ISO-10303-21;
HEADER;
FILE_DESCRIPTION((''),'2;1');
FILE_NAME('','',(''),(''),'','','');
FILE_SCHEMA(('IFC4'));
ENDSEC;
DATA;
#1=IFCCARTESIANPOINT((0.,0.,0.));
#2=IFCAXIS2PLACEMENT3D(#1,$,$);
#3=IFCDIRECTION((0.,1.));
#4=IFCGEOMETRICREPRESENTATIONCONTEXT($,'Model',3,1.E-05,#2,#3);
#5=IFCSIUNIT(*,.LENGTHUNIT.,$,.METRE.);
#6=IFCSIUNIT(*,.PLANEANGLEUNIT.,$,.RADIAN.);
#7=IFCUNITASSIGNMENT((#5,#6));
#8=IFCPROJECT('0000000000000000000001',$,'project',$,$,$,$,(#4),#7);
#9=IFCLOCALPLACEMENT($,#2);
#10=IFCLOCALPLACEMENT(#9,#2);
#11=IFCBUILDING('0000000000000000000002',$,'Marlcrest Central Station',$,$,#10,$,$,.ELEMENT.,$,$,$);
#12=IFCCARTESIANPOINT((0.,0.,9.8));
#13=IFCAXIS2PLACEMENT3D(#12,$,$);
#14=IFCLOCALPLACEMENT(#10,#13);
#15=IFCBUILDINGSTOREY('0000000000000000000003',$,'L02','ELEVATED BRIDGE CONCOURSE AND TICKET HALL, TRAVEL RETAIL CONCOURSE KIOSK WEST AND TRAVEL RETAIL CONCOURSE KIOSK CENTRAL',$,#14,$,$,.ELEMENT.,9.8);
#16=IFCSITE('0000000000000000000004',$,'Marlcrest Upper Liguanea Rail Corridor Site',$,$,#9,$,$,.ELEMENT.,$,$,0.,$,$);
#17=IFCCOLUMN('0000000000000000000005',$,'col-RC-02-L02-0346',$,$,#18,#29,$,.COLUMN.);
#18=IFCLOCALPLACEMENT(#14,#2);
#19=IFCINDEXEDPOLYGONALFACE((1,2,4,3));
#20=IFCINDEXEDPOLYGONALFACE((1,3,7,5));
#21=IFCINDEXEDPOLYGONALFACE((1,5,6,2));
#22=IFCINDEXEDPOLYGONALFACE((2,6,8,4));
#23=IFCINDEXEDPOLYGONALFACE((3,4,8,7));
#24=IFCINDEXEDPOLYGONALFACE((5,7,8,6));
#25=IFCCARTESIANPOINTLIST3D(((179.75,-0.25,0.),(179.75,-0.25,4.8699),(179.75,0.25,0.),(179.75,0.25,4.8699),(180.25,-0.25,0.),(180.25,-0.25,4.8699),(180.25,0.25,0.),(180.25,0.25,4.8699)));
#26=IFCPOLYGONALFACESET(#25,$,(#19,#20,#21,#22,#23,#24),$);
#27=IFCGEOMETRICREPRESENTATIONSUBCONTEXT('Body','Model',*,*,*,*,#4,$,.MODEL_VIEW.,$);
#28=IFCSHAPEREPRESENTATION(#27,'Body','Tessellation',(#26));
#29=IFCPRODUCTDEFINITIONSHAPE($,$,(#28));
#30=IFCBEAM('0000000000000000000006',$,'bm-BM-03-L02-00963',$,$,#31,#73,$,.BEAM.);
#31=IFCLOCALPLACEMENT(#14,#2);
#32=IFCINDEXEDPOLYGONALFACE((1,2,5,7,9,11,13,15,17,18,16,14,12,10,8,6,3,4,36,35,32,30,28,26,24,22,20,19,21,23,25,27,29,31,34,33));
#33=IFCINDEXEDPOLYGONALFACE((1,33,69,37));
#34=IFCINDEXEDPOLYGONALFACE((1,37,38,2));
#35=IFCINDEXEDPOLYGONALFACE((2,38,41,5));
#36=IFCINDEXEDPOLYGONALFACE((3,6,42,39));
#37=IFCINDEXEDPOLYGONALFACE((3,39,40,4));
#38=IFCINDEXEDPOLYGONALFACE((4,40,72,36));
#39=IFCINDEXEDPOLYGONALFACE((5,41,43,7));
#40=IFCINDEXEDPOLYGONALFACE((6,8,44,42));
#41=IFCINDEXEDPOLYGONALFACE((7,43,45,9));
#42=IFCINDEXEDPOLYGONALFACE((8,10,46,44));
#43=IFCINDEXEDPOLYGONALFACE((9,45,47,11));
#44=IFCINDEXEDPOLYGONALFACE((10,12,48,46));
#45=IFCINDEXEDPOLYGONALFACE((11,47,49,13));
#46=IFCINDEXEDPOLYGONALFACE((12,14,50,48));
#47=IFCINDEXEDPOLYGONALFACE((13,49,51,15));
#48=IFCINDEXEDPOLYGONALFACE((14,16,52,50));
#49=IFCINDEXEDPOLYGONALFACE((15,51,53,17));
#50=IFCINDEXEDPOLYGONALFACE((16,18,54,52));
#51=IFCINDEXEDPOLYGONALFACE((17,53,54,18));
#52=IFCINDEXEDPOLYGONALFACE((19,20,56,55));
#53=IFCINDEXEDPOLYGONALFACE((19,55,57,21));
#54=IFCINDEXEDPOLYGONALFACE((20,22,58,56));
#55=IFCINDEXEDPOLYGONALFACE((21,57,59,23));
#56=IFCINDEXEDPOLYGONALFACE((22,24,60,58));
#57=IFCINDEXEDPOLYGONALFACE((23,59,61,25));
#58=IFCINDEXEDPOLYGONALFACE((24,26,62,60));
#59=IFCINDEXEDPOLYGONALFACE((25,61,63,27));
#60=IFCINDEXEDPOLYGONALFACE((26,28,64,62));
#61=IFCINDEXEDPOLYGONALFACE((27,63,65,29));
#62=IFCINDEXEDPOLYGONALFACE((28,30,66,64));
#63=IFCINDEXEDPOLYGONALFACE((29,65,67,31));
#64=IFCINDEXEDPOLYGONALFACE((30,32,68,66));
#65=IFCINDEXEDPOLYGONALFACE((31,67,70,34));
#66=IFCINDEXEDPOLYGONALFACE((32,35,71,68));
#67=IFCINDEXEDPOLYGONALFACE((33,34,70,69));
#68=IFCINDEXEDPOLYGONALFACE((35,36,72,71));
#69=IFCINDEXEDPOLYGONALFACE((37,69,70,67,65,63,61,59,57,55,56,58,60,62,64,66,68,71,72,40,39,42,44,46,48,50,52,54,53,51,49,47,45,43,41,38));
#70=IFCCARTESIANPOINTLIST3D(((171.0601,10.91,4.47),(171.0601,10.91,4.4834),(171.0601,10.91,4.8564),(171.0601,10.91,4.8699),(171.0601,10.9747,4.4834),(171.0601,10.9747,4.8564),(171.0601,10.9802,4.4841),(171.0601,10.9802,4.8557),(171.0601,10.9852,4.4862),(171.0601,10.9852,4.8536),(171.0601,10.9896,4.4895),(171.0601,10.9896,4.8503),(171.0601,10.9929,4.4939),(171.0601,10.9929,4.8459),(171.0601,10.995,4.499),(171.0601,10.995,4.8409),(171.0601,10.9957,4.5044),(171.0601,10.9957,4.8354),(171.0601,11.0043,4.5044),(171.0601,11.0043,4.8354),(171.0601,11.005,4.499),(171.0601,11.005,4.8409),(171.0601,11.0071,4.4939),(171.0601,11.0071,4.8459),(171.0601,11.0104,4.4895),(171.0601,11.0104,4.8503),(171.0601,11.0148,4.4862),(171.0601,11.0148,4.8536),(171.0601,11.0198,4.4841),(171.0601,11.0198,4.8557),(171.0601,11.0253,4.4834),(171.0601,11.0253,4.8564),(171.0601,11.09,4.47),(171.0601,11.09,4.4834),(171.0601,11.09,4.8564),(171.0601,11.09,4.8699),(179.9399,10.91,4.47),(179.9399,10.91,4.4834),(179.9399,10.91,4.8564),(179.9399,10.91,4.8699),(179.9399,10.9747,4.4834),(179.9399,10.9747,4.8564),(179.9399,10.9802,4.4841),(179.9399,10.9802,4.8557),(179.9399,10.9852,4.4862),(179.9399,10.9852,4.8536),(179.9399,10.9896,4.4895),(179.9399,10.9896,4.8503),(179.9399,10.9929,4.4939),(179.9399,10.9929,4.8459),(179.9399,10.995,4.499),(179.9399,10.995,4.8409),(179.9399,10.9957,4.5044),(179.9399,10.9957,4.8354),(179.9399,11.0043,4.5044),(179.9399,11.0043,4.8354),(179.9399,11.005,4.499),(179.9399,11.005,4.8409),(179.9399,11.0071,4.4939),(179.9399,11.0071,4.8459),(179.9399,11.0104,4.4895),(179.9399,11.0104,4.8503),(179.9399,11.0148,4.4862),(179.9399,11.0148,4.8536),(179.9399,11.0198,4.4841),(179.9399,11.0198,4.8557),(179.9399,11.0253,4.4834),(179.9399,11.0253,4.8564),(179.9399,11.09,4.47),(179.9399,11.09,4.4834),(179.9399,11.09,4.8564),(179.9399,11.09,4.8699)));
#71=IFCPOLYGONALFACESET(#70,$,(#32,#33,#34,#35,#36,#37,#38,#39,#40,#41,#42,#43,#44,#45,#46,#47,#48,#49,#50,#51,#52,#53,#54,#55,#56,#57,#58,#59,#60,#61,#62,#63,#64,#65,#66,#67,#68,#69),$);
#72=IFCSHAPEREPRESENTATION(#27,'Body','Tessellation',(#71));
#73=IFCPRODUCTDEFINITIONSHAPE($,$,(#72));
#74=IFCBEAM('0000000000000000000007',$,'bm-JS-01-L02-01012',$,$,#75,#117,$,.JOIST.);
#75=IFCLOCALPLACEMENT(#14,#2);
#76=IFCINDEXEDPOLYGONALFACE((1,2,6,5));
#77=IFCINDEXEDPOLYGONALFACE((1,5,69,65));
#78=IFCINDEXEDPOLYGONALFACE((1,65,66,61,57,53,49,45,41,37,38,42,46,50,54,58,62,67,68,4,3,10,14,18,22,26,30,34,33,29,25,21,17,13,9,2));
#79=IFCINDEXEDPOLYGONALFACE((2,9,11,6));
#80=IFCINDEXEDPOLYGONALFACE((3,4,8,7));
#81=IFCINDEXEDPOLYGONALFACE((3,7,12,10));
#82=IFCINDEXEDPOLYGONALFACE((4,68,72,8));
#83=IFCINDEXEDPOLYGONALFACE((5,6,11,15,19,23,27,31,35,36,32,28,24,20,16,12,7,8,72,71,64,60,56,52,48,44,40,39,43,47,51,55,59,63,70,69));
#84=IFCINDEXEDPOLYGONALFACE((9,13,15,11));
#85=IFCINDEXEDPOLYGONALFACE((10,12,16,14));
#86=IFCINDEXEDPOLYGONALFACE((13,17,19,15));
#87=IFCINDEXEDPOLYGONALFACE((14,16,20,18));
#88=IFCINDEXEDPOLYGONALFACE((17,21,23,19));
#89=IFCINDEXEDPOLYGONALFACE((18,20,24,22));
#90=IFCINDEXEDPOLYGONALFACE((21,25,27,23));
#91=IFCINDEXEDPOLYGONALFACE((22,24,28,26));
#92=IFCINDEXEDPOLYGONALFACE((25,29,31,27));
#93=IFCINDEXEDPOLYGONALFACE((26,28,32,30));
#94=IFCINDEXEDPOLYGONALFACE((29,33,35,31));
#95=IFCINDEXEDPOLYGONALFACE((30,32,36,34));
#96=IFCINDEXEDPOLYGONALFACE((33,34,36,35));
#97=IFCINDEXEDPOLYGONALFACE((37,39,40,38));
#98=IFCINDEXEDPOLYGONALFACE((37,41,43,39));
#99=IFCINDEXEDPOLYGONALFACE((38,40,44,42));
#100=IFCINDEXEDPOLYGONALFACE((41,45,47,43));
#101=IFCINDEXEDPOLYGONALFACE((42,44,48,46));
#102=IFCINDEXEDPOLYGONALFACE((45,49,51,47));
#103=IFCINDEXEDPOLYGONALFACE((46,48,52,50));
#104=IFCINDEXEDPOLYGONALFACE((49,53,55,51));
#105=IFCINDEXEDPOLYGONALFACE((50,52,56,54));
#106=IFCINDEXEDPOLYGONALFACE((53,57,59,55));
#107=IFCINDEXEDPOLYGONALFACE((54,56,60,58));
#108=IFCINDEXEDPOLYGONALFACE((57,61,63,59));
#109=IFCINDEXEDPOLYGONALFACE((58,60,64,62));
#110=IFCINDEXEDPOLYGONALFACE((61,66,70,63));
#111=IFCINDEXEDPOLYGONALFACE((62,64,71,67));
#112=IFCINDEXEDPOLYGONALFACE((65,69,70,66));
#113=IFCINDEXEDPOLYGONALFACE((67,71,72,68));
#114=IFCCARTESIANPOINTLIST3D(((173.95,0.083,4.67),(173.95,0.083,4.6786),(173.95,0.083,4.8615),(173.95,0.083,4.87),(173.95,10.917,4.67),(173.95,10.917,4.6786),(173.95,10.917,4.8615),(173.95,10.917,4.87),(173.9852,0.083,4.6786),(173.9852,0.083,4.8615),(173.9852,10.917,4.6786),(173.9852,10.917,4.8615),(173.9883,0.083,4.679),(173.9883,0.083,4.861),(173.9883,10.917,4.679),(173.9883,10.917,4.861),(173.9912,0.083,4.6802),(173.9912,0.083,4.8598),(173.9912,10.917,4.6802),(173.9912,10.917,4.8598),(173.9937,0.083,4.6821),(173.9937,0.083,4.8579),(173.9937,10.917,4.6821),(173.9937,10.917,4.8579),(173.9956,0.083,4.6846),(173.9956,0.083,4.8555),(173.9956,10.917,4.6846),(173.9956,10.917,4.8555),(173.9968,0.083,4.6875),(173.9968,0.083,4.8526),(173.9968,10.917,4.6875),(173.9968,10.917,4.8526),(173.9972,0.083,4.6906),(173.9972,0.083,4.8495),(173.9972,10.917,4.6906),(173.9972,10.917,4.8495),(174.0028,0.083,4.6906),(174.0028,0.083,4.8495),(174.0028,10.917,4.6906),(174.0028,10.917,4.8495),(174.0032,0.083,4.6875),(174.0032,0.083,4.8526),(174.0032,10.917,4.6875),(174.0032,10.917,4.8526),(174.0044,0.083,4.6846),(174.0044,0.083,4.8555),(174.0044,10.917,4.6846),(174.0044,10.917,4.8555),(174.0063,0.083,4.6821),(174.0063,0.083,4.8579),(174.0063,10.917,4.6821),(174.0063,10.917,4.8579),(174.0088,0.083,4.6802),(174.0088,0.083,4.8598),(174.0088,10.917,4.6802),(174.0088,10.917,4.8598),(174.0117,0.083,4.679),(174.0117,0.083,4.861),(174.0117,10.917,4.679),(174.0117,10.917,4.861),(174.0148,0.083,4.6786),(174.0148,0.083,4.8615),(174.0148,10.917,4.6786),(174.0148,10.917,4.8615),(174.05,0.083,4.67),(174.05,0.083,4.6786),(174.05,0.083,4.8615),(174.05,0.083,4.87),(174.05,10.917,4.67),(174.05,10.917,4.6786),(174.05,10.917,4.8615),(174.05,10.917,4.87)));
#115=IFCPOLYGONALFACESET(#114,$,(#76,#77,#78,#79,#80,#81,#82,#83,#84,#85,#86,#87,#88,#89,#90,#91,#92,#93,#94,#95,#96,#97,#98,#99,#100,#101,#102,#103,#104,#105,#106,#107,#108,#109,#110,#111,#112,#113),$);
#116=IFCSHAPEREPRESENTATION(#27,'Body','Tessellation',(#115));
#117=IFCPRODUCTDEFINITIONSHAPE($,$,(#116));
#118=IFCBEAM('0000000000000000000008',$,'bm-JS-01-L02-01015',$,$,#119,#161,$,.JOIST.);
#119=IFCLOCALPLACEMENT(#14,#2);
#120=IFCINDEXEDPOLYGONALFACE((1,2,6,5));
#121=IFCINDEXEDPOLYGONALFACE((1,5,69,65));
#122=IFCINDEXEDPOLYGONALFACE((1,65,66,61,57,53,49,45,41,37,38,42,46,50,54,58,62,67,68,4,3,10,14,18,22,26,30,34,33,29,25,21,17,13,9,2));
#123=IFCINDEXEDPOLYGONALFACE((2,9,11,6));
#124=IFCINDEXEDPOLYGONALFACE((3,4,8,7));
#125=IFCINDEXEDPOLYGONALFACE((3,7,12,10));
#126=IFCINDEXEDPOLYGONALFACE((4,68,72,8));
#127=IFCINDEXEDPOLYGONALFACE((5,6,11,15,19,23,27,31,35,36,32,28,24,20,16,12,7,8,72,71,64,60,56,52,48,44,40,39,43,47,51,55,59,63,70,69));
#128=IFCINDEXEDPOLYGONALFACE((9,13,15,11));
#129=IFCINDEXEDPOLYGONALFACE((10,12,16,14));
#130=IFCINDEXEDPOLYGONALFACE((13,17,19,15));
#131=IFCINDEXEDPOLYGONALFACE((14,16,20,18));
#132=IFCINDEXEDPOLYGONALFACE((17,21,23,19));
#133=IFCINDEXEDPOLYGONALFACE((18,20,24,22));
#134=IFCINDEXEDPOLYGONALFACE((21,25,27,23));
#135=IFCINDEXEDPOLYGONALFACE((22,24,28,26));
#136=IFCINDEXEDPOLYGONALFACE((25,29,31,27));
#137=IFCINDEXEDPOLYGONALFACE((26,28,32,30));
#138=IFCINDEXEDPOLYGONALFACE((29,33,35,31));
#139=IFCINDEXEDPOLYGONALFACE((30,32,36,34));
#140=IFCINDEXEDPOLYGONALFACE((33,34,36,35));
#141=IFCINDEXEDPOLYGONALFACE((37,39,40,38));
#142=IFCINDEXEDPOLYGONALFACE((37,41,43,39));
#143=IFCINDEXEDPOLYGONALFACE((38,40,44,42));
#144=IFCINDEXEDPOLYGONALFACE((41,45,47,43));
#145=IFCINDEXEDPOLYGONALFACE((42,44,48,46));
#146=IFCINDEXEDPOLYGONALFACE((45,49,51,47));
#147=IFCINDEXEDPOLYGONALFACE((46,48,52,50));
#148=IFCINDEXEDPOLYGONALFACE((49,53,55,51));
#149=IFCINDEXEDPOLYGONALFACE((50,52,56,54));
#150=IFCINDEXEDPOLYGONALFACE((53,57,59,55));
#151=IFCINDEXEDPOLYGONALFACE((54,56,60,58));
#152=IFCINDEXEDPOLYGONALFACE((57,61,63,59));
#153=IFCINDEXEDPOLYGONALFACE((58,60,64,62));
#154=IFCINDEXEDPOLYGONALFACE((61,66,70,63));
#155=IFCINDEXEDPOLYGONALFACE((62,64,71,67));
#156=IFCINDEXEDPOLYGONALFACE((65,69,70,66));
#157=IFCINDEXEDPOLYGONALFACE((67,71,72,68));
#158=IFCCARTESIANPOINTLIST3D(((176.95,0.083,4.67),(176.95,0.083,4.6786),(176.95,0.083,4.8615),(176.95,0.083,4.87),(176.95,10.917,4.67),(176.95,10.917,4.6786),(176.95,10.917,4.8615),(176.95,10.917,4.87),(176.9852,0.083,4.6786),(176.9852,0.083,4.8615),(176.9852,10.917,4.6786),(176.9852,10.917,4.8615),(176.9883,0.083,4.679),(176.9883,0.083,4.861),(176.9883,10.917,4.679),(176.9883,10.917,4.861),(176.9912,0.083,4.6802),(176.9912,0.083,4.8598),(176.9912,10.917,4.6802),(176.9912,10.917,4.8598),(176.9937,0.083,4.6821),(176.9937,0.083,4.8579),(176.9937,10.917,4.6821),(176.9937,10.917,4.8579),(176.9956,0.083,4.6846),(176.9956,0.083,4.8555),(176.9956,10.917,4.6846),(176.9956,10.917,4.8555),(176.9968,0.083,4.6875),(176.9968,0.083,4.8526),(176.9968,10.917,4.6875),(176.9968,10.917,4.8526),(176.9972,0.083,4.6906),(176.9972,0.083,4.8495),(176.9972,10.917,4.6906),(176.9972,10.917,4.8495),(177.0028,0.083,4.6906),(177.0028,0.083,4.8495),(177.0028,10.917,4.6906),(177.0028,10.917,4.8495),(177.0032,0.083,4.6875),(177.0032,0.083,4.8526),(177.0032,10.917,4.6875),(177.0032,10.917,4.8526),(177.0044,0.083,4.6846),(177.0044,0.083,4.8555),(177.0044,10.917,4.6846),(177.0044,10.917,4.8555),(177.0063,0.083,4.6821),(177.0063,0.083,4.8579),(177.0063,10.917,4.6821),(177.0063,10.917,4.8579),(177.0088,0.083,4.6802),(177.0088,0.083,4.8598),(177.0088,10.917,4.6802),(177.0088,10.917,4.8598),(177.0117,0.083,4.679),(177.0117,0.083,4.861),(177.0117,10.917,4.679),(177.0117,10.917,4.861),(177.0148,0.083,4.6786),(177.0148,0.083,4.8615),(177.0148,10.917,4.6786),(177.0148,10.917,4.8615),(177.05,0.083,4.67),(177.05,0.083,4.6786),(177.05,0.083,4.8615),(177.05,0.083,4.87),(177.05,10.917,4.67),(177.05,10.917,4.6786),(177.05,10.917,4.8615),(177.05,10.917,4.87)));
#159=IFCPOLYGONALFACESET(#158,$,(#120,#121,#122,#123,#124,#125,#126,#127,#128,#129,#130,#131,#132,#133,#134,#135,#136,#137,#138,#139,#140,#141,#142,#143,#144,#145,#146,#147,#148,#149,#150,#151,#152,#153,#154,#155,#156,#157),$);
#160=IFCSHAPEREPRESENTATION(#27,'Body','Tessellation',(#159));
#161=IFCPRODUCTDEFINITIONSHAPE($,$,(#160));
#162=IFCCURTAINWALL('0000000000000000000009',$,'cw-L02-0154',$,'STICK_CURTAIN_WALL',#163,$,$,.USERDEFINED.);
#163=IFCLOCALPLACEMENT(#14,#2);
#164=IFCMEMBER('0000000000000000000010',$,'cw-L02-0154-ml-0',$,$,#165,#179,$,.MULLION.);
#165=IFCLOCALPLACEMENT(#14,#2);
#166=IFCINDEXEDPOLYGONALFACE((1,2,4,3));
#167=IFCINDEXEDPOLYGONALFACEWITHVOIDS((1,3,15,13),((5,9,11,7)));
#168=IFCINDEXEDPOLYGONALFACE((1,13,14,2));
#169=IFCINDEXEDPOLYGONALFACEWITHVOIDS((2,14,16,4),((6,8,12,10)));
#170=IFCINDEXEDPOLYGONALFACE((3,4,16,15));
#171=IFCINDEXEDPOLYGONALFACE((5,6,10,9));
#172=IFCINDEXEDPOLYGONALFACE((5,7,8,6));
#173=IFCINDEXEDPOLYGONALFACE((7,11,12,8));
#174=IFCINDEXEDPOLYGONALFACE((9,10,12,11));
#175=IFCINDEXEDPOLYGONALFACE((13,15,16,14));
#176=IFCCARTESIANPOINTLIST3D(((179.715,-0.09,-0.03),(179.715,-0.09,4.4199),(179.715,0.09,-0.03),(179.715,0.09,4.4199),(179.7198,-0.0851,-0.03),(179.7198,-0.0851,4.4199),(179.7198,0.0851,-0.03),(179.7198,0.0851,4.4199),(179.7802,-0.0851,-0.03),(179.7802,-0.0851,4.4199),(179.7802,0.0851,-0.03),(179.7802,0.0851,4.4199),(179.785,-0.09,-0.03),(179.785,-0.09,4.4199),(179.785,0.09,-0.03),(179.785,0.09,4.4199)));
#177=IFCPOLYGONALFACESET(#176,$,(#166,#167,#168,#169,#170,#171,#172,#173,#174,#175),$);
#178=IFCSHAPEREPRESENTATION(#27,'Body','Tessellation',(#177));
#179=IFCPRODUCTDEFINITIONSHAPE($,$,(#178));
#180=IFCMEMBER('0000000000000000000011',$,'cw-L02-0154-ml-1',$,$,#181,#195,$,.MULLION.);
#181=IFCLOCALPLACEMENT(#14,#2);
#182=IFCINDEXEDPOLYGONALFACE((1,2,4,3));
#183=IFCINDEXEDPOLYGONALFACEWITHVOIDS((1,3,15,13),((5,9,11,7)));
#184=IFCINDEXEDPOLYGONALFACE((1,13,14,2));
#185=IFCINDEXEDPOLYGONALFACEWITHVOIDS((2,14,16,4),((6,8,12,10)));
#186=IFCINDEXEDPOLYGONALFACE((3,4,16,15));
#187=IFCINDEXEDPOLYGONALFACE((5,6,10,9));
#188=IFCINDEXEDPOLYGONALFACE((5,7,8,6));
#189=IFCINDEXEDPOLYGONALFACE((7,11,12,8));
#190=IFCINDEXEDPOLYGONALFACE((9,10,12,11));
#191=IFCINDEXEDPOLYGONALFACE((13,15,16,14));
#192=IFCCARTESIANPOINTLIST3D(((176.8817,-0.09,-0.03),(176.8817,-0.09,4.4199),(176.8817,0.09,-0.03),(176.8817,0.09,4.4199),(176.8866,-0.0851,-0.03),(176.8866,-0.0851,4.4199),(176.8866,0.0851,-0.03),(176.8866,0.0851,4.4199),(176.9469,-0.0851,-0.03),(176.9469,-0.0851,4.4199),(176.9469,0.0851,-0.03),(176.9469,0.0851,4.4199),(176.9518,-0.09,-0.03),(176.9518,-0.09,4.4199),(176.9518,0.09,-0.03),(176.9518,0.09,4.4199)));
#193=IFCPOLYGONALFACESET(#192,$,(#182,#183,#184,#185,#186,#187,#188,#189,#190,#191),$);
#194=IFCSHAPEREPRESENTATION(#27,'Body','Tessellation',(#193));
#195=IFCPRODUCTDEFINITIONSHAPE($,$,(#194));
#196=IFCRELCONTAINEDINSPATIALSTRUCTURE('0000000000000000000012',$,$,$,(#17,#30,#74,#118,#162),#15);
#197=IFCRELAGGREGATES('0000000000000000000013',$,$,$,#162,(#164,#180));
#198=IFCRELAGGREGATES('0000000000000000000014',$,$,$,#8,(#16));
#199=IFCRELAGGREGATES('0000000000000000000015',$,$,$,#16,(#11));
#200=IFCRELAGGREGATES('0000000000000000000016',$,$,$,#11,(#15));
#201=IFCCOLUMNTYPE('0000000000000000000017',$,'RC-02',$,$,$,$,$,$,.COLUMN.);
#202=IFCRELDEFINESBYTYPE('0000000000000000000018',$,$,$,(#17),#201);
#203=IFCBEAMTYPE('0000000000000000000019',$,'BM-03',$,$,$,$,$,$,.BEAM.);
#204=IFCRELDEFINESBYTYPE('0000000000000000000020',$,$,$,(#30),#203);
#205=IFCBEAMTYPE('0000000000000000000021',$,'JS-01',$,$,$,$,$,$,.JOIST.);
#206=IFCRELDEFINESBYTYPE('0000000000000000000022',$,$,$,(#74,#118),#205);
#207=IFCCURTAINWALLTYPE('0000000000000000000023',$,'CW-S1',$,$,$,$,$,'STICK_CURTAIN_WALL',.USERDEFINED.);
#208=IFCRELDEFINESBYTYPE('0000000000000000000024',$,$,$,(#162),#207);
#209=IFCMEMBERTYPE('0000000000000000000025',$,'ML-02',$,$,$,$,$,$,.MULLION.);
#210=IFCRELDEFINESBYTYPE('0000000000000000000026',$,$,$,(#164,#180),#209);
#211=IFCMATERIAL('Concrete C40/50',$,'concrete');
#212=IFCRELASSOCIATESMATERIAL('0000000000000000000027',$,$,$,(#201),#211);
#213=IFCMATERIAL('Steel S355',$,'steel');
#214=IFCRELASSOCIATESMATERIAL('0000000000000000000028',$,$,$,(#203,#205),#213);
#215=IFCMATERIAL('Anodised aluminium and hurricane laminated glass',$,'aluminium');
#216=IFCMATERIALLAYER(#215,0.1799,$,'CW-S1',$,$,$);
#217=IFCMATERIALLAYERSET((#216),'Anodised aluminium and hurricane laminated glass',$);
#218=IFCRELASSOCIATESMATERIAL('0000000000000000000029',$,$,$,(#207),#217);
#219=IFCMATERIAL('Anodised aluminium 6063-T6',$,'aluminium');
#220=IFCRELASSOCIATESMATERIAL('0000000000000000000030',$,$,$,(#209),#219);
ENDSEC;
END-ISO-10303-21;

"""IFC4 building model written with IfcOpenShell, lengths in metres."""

from ifc_helpers import new_model, si_unit, direction, frame, origin, origin_2d, place, context, subcontext, project, spatial, rectangle, hollow_rectangle, i_section, extrude, material, layer, layer_set, material_profile, profile_set, type_object, element, aggregate, save


model = new_model("IFC4")

# Units and contexts
model_context = context("Model", 3, precision=1e-05, world=origin(), true_north=direction((0.0, 1.0)))
body_context = subcontext(model_context, "Body", "Model", "MODEL_VIEW")
ifc_project = project(units=[si_unit("LENGTHUNIT", "METRE"), si_unit("PLANEANGLEUNIT", "RADIAN")], contexts=[model_context])

# Site, building, storey
site_placement = place(None, origin())
site = spatial("IfcSite", under=ifc_project, at=site_placement, Name="Marlcrest Upper Liguanea Rail Corridor Site", CompositionType="ELEMENT", RefElevation=0.0)
building_placement = place(site_placement, origin())
building = spatial("IfcBuilding", under=site, at=building_placement, Name="Marlcrest Central Station", CompositionType="ELEMENT")
storey_placement = place(building_placement, frame((0.0, 0.0, 9.8)))
storey = spatial("IfcBuildingStorey", under=building, at=storey_placement, Name="L02", Description="ELEVATED BRIDGE CONCOURSE AND TICKET HALL, TRAVEL RETAIL CONCOURSE KIOSK WEST AND TRAVEL RETAIL CONCOURSE KIOSK CENTRAL", CompositionType="ELEMENT", Elevation=9.8)

# Column
ifc_material_1 = material(Name="Concrete C40/50", Category="concrete")
ifc_material_profile_1 = material_profile(ifc_material_1, rectangle(XDim=0.5, YDim=0.5, at=origin_2d()), Name="RC 500x500")
ifc_profile_set_1 = profile_set([ifc_material_profile_1], Name="Concrete C40/50")
column_type = type_object("IfcColumnType", Name="RC-02", PredefinedType="COLUMN", material=ifc_profile_set_1)
column_placement = place(storey_placement, frame((180.0, 0.0, 0.0), z_axis=(0.0, 0.0, 1.0), x_axis=(1.0, 0.0, 0.0)))
element("IfcColumn", 1, at=column_placement, inside=storey, type_object=column_type, Name="col-RC-02-L02-0346", PredefinedType="COLUMN", context=body_context, shape_type="SweptSolid", body=[
    extrude(rectangle(XDim=0.5, YDim=0.5, at=origin_2d()), origin(), (0.0, 0.0, 1.0), 4.8699),
])

# Beams
ifc_material_2 = material(Name="Steel S355", Category="steel")
ifc_material_profile_2 = material_profile(ifc_material_2, i_section(OverallWidth=0.1799, OverallDepth=0.3999, WebThickness=0.0085, FlangeThickness=0.0134, FilletRadius=0.021, at=origin_2d()), Name="IPE 400")
ifc_profile_set_2 = profile_set([ifc_material_profile_2], Name="Steel S355")
beam_type_1 = type_object("IfcBeamType", Name="BM-03", PredefinedType="BEAM", material=ifc_profile_set_2)
beam_1_placement = place(storey_placement, frame((171.0601, 11.0, 4.6699), z_axis=(1.0, 0.0, 0.0), x_axis=(0.0, 1.0, 0.0)))
element("IfcBeam", 2, at=beam_1_placement, inside=storey, type_object=beam_type_1, Name="bm-BM-03-L02-00963", PredefinedType="BEAM", context=body_context, shape_type="SweptSolid", body=[
    extrude(i_section(OverallWidth=0.1799, OverallDepth=0.3999, WebThickness=0.0085, FlangeThickness=0.0134, FilletRadius=0.021, at=origin_2d()), origin(), (0.0, 0.0, 1.0), 8.8799),
])
ifc_material_profile_3 = material_profile(ifc_material_2, i_section(OverallWidth=0.1001, OverallDepth=0.2, WebThickness=0.0056, FlangeThickness=0.0085, FilletRadius=0.012, at=origin_2d()), Name="IPE 200")
ifc_profile_set_3 = profile_set([ifc_material_profile_3], Name="Steel S355")
beam_type_2 = type_object("IfcBeamType", Name="JS-01", PredefinedType="JOIST", material=ifc_profile_set_3)
for number, where, z_axis, x_axis, name in (
    (3, (174.0, 0.083, 4.77), (0.0, 1.0, 0.0), (-1.0, 0.0, 0.0), "bm-JS-01-L02-01012"),
    (4, (177.0, 0.083, 4.77), (0.0, 1.0, 0.0), (-1.0, 0.0, 0.0), "bm-JS-01-L02-01015"),
):
    element("IfcBeam", number, at=place(storey_placement, frame(where, z_axis=z_axis, x_axis=x_axis)), inside=storey, type_object=beam_type_2, Name=name, PredefinedType="JOIST", context=body_context, shape_type="SweptSolid", body=[
        extrude(i_section(OverallWidth=0.1001, OverallDepth=0.2, WebThickness=0.0056, FlangeThickness=0.0085, FilletRadius=0.012, at=origin_2d()), origin(), (0.0, 0.0, 1.0), 10.834),
    ])

# Curtain wall, members
ifc_material_3 = material(Name="Anodised aluminium and hurricane laminated glass", Category="aluminium")
ifc_layer_1 = layer(ifc_material_3, 0.1799, Name="CW-S1")
ifc_layer_set_1 = layer_set([ifc_layer_1], Name="Anodised aluminium and hurricane laminated glass")
curtain_wall_type = type_object("IfcCurtainWallType", Name="CW-S1", ElementType="STICK_CURTAIN_WALL", PredefinedType="USERDEFINED", material=ifc_layer_set_1)
curtain_wall_placement = place(storey_placement, origin())
curtain_wall = element("IfcCurtainWall", 5, at=curtain_wall_placement, inside=storey, type_object=curtain_wall_type, Name="cw-L02-0154", ObjectType="STICK_CURTAIN_WALL", PredefinedType="USERDEFINED")
ifc_material_4 = material(Name="Anodised aluminium 6063-T6", Category="aluminium")
ifc_material_profile_4 = material_profile(ifc_material_4, hollow_rectangle(XDim=0.0701, YDim=0.1799, WallThickness=0.0049, at=origin_2d()), Name="AA-RHS 180x70x5")
ifc_profile_set_4 = profile_set([ifc_material_profile_4], Name="Anodised aluminium 6063-T6")
member_type_1 = type_object("IfcMemberType", Name="ML-02", PredefinedType="MULLION", material=ifc_profile_set_4)
member_1_placement = place(storey_placement, frame((179.75, 0.0, -0.03), z_axis=(0.0, 0.0, 1.0), x_axis=(1.0, 0.0, 0.0)))
member_1 = element("IfcMember", 6, at=member_1_placement, type_object=member_type_1, Name="cw-L02-0154-ml-0", PredefinedType="MULLION", context=body_context, shape_type="SweptSolid", body=[
    extrude(hollow_rectangle(XDim=0.0701, YDim=0.1799, WallThickness=0.0049, at=origin_2d()), origin(), (0.0, 0.0, 1.0), 4.45),
])
member_2_placement = place(storey_placement, frame((176.9167, 0.0, -0.03), z_axis=(0.0, 0.0, 1.0), x_axis=(1.0, 0.0, 0.0)))
member_2 = element("IfcMember", 7, at=member_2_placement, type_object=member_type_1, Name="cw-L02-0154-ml-1", PredefinedType="MULLION", context=body_context, shape_type="SweptSolid", body=[
    extrude(hollow_rectangle(XDim=0.0701, YDim=0.1799, WallThickness=0.0049, at=origin_2d()), origin(), (0.0, 0.0, 1.0), 4.45),
])

aggregate(curtain_wall, [member_1, member_2])

save(model, "model.ifc")
